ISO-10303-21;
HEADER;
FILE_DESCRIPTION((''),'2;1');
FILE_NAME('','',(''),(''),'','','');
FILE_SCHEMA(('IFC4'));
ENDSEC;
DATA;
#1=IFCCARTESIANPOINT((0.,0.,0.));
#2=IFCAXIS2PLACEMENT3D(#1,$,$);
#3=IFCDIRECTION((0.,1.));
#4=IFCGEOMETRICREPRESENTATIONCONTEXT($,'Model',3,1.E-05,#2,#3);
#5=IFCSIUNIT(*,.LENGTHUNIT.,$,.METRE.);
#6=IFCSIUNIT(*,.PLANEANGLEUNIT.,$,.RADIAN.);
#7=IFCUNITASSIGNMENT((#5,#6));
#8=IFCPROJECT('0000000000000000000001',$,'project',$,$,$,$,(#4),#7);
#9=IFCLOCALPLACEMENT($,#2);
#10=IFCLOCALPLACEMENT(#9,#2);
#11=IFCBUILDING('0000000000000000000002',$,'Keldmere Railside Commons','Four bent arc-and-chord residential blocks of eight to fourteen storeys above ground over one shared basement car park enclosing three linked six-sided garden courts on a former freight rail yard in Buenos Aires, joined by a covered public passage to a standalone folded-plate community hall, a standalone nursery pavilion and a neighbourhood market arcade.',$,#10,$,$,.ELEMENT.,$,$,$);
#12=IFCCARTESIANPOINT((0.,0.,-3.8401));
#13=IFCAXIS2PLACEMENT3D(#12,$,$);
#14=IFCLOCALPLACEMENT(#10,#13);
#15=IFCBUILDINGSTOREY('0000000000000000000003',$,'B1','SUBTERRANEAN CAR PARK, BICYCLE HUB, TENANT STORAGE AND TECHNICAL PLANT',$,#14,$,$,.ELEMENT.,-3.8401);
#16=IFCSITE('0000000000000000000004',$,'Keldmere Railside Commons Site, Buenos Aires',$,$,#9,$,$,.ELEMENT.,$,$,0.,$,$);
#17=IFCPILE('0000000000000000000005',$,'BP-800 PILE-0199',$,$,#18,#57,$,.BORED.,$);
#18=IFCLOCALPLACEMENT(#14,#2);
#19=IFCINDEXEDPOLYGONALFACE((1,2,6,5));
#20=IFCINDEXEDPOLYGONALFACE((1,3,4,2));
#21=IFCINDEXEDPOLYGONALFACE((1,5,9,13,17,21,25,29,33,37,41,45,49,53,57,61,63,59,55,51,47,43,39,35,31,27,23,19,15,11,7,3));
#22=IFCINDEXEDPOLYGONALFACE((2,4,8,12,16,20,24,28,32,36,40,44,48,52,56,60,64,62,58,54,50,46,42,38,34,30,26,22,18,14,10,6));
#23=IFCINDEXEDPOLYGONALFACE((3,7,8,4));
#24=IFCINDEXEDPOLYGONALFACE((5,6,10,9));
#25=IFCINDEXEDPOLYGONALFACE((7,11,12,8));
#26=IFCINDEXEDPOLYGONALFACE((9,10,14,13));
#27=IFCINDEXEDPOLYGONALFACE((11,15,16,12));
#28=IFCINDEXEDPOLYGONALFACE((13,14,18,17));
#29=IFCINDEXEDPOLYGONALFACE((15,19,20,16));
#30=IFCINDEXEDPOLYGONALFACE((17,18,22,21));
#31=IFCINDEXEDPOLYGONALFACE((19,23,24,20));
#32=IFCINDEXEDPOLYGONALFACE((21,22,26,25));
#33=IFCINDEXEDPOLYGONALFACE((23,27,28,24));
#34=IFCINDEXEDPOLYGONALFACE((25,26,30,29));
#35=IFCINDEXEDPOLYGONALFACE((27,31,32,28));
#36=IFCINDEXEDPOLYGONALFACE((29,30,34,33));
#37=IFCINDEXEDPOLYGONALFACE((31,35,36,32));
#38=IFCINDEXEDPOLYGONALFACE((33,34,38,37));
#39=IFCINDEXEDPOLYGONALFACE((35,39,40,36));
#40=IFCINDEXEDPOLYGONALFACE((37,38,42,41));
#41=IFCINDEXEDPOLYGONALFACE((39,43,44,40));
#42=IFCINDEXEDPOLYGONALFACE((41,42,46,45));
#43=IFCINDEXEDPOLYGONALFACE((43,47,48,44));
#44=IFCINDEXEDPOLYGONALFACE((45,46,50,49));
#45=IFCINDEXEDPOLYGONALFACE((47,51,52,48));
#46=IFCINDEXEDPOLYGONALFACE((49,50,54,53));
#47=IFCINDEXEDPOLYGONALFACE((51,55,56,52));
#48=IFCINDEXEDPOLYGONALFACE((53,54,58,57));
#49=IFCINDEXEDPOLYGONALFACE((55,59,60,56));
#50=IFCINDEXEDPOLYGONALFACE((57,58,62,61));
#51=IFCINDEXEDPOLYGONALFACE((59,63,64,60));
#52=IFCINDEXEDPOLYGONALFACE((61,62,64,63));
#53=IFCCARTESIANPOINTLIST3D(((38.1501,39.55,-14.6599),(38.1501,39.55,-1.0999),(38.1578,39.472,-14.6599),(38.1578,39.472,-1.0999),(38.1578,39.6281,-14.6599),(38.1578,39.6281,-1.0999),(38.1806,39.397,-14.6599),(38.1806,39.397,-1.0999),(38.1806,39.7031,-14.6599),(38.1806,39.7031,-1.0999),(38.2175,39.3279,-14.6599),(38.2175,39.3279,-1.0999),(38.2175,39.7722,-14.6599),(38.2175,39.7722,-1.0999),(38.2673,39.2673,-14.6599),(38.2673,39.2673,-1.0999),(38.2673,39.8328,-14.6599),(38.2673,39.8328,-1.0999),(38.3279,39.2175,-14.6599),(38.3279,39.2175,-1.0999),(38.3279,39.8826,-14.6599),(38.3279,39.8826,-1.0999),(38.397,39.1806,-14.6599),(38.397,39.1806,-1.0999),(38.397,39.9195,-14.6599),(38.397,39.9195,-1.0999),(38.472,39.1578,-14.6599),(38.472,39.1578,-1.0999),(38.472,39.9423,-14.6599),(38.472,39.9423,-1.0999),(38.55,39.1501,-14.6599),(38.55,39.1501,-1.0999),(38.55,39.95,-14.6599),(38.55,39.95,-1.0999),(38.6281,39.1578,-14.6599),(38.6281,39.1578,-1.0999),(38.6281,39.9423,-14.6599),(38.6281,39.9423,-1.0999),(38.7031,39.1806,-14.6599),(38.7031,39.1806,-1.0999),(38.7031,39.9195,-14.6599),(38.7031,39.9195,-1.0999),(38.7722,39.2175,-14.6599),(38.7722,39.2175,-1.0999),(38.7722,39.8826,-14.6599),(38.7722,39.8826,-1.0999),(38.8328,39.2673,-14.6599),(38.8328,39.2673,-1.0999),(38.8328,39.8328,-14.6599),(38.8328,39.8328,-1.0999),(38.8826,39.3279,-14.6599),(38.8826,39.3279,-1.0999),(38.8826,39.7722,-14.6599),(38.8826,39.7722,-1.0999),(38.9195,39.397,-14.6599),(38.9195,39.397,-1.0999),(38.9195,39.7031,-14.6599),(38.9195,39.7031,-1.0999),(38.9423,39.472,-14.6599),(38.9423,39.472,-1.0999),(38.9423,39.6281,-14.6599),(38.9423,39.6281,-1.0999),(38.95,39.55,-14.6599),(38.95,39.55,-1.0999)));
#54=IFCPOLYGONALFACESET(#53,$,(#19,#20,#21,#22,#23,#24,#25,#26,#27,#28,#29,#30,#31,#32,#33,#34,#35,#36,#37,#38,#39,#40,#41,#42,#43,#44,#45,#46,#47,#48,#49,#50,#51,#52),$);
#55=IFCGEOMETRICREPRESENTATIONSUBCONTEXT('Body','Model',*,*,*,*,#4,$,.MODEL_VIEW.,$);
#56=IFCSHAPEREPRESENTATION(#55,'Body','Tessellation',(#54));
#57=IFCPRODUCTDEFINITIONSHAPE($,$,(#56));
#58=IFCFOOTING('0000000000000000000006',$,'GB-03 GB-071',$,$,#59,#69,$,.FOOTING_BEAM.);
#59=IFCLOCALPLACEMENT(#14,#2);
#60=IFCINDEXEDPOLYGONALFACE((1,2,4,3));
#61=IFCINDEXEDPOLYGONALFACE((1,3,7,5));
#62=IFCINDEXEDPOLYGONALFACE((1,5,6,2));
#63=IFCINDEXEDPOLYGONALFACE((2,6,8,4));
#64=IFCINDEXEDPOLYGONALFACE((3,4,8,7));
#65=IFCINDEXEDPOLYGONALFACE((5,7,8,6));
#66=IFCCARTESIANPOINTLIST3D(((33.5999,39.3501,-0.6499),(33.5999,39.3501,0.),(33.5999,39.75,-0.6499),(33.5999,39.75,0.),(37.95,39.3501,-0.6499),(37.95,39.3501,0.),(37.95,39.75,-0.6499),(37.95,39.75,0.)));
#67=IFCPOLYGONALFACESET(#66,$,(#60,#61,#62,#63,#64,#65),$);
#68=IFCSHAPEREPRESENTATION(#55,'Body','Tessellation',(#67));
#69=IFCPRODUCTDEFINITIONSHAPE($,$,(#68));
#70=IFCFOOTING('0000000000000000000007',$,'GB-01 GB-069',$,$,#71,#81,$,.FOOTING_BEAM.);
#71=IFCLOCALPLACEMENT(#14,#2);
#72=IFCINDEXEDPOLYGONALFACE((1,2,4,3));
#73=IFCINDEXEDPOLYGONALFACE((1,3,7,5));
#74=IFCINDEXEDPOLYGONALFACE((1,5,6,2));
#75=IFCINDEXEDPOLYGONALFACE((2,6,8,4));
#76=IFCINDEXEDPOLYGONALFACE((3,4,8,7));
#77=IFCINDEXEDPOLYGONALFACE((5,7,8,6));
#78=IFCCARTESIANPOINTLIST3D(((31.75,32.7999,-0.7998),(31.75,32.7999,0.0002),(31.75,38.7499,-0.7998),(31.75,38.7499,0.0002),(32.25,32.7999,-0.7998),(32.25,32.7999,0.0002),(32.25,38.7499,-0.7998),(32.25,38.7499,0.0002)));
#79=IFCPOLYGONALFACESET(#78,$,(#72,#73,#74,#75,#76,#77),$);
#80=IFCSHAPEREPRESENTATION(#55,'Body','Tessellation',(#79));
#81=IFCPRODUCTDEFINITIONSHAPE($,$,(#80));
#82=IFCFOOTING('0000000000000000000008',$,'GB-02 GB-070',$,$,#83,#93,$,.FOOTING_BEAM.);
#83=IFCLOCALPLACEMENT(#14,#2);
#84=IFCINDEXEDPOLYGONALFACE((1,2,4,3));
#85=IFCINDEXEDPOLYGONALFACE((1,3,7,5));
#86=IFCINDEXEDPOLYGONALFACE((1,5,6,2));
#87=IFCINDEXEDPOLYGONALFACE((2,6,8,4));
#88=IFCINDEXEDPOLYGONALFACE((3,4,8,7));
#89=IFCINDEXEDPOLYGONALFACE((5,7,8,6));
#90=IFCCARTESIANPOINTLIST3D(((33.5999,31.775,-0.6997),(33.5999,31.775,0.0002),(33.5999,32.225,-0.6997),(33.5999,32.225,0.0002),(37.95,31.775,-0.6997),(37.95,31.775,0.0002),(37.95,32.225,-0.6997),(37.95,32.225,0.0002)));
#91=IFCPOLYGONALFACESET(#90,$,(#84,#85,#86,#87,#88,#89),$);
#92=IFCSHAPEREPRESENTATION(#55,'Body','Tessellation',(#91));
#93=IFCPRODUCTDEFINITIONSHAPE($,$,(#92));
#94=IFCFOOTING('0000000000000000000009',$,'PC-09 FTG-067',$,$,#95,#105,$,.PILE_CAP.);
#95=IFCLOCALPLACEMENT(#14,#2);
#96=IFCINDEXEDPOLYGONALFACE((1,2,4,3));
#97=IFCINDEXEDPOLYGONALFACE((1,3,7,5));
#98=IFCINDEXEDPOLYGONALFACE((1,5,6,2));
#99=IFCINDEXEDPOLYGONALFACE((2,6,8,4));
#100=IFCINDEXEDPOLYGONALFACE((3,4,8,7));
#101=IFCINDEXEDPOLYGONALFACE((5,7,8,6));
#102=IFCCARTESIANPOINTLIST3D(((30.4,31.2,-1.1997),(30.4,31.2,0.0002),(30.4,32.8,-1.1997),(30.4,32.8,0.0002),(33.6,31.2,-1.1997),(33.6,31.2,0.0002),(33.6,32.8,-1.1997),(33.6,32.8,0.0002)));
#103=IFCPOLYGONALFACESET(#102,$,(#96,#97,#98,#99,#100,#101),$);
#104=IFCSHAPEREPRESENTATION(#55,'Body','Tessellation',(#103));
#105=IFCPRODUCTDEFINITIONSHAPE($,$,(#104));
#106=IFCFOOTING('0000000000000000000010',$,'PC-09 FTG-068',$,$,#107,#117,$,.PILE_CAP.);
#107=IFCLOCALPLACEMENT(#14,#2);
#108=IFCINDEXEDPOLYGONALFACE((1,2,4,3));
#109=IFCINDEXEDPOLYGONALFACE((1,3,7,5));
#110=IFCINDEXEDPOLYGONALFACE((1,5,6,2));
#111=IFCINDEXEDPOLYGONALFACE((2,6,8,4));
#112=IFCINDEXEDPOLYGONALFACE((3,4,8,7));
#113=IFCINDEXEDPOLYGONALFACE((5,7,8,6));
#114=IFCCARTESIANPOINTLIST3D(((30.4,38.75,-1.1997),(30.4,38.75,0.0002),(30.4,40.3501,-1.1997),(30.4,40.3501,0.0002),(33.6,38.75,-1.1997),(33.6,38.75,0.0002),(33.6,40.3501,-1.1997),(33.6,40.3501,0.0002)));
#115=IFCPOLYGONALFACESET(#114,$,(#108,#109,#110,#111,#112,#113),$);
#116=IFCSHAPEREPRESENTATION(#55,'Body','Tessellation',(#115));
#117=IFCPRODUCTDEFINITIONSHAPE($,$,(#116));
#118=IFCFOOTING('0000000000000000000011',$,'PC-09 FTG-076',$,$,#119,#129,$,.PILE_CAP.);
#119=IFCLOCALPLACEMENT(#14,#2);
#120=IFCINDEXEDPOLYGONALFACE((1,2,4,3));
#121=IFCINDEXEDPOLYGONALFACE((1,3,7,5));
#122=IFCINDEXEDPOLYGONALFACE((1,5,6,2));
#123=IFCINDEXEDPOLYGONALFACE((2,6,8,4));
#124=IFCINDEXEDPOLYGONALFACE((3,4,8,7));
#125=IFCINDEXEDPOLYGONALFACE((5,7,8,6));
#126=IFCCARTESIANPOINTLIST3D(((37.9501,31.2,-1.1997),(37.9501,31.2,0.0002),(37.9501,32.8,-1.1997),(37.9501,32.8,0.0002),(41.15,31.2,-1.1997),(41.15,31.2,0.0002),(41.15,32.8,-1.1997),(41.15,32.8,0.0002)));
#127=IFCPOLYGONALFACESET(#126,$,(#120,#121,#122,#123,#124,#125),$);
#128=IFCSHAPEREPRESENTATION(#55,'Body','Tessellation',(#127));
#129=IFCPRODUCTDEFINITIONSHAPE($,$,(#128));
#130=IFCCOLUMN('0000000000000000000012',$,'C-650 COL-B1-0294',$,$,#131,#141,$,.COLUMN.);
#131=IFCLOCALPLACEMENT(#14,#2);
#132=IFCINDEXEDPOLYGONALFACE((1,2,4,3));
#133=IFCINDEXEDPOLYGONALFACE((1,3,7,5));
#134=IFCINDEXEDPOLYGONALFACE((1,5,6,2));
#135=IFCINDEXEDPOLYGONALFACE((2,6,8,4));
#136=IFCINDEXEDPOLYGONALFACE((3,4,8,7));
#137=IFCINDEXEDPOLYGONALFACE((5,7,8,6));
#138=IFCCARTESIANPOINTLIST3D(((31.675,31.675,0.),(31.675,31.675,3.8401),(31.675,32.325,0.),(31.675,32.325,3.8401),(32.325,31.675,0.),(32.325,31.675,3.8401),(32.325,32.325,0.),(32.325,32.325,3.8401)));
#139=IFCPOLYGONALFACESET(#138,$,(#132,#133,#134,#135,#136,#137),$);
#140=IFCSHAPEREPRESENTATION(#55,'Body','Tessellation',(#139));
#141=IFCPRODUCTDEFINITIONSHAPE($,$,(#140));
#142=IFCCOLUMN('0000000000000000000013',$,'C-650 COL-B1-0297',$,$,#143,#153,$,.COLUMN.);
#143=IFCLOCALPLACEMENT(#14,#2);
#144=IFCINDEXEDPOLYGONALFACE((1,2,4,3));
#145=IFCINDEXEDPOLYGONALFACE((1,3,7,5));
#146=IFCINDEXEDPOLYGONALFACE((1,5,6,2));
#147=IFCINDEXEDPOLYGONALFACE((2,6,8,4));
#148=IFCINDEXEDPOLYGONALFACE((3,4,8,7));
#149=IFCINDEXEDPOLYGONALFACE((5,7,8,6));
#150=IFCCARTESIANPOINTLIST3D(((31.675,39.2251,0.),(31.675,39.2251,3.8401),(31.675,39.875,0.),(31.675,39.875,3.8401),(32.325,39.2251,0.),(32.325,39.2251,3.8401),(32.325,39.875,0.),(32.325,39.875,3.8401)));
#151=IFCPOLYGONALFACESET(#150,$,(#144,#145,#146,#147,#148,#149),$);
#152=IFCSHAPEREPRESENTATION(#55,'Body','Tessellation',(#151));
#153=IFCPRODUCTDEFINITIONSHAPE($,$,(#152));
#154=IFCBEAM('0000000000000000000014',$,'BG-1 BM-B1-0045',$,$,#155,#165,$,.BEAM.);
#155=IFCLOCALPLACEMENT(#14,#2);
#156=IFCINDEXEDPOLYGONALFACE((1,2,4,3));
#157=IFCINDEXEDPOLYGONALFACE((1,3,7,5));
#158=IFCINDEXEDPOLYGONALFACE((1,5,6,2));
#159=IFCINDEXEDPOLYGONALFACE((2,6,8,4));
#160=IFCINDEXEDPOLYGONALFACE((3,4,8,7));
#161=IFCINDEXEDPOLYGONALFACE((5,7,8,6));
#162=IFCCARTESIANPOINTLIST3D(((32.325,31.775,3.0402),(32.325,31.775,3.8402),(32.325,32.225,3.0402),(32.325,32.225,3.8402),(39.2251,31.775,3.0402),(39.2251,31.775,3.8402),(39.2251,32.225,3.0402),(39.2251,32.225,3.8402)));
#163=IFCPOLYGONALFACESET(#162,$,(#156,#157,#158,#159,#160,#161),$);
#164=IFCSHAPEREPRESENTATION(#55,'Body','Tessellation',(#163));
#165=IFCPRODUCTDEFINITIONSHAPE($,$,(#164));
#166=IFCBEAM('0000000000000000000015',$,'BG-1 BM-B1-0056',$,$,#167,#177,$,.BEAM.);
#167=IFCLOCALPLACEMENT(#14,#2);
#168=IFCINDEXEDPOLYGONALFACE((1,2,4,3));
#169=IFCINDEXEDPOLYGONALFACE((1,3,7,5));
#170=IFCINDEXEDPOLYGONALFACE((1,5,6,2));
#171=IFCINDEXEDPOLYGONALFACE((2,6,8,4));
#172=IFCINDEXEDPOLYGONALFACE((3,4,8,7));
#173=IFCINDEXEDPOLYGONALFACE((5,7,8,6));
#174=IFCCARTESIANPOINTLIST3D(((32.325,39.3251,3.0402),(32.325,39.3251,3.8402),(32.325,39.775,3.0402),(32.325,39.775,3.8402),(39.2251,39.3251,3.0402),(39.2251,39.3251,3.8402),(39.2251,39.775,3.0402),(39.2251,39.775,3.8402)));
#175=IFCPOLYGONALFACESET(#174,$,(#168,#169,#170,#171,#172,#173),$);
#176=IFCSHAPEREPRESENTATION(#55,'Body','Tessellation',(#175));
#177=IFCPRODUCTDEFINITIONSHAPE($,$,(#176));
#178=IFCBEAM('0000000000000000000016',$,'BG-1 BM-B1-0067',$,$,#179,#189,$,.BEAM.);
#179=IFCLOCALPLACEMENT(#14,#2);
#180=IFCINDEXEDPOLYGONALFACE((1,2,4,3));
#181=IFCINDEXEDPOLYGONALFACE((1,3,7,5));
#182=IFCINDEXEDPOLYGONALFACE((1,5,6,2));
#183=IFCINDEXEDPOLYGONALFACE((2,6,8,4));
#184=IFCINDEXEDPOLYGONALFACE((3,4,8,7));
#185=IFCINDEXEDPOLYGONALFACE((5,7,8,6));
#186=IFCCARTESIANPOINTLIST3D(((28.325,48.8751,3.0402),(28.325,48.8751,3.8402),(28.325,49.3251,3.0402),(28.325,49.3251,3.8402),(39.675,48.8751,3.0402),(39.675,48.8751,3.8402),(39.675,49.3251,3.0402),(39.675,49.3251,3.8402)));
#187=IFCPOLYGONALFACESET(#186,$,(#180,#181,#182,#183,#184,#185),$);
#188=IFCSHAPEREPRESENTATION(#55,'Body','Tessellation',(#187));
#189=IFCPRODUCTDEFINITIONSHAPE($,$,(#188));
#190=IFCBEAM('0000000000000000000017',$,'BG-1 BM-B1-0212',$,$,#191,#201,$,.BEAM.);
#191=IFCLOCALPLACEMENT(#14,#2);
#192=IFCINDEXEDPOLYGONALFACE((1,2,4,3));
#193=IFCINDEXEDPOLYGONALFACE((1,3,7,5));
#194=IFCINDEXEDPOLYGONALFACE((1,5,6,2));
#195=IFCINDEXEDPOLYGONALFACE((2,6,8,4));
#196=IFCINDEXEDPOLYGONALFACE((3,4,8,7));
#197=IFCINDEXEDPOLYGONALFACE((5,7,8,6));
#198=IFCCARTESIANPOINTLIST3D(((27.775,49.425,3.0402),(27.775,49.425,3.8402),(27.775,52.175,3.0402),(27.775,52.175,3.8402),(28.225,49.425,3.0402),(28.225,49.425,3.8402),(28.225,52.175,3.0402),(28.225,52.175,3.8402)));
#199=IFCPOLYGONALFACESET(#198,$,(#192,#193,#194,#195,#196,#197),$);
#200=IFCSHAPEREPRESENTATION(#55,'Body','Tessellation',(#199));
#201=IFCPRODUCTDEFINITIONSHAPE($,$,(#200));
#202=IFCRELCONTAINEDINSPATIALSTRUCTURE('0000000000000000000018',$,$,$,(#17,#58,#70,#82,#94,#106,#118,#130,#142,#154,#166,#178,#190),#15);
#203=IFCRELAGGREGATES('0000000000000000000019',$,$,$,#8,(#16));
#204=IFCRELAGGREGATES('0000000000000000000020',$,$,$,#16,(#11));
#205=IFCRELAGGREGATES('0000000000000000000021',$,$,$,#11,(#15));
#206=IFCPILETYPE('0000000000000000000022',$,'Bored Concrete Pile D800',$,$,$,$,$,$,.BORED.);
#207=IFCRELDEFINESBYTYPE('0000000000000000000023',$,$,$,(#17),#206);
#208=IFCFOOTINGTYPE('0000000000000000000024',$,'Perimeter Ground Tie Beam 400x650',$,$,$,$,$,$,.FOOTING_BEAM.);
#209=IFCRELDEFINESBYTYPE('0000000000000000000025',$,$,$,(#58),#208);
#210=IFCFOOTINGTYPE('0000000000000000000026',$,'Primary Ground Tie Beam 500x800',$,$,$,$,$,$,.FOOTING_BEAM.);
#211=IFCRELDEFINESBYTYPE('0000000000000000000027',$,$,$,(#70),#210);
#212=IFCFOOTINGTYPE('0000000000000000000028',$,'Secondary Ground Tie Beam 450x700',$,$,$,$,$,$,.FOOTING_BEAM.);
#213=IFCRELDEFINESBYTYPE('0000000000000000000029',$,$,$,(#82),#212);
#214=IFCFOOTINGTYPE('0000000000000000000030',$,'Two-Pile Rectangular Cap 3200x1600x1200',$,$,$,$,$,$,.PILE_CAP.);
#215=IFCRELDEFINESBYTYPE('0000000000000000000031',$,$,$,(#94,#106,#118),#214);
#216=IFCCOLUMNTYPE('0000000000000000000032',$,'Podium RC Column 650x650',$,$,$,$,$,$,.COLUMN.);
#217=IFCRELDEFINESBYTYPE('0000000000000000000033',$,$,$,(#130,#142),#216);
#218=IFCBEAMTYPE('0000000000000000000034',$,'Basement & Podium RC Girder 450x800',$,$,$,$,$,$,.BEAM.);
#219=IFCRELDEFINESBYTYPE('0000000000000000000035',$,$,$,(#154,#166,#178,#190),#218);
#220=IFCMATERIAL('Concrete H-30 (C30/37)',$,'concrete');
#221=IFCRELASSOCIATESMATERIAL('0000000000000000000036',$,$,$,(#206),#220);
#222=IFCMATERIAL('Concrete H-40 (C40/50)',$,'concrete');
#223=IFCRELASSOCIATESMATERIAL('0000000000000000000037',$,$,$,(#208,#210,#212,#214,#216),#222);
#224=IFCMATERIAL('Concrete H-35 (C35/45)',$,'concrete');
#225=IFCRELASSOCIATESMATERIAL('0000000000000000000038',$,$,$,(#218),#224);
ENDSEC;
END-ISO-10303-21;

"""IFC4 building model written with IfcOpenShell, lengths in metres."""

from ifc_helpers import new_model, si_unit, direction, frame, origin, origin_2d, place, context, subcontext, project, spatial, rectangle, circle, extrude, material, material_profile, profile_set, type_object, element, save


model = new_model("IFC4")

# Units and contexts
model_context = context("Model", 3, precision=1e-05, world=origin(), true_north=direction((0.0, 1.0)))
body_context = subcontext(model_context, "Body", "Model", "MODEL_VIEW")
ifc_project = project(units=[si_unit("LENGTHUNIT", "METRE"), si_unit("PLANEANGLEUNIT", "RADIAN")], contexts=[model_context])

# Site, building, storey
site_placement = place(None, origin())
site = spatial("IfcSite", under=ifc_project, at=site_placement, Name="Keldmere Railside Commons Site, Buenos Aires", CompositionType="ELEMENT", RefElevation=0.0)
building_placement = place(site_placement, origin())
building = spatial("IfcBuilding", under=site, at=building_placement, Name="Keldmere Railside Commons", Description="Four bent arc-and-chord residential blocks of eight to fourteen storeys above ground over one shared basement car park enclosing three linked six-sided garden courts on a former freight rail yard in Buenos Aires, joined by a covered public passage to a standalone folded-plate community hall, a standalone nursery pavilion and a neighbourhood market arcade.", CompositionType="ELEMENT")
storey_placement = place(building_placement, frame((0.0, 0.0, -3.8401)))
storey = spatial("IfcBuildingStorey", under=building, at=storey_placement, Name="B1", Description="SUBTERRANEAN CAR PARK, BICYCLE HUB, TENANT STORAGE AND TECHNICAL PLANT", CompositionType="ELEMENT", Elevation=-3.8401)

# Pile
ifc_material_1 = material(Name="Concrete H-30 (C30/37)", Category="concrete")
ifc_material_profile_1 = material_profile(ifc_material_1, circle(Radius=0.3999, at=origin_2d()), Name="PILE-D800")
ifc_profile_set_1 = profile_set([ifc_material_profile_1], Name="Concrete H-30 (C30/37)")
pile_type = type_object("IfcPileType", Name="Bored Concrete Pile D800", PredefinedType="BORED", material=ifc_profile_set_1)
for number, where, z_axis, x_axis, name in (
    (1, (38.55, 39.55, -1.0999), (0.0, 0.0, -1.0), (1.0, 0.0, 0.0), "BP-800 PILE-0199"),
):
    element("IfcPile", number, at=place(storey_placement, frame(where, z_axis=z_axis, x_axis=x_axis)), inside=storey, type_object=pile_type, Name=name, PredefinedType="BORED", context=body_context, shape_type="SweptSolid", body=[
        extrude(circle(Radius=0.3999, at=origin_2d()), origin(), (0.0, 0.0, 1.0), 13.5601),
    ])

# Footings
ifc_material_2 = material(Name="Concrete H-40 (C40/50)", Category="concrete")
footing_type_1 = type_object("IfcFootingType", Name="Perimeter Ground Tie Beam 400x650", PredefinedType="FOOTING_BEAM", material=ifc_material_2)
footing_1_placement = place(storey_placement, frame((35.7749, 39.55, -0.6499), z_axis=(0.0, 0.0, 1.0), x_axis=(1.0, 0.0, 0.0)))
element("IfcFooting", 2, at=footing_1_placement, inside=storey, type_object=footing_type_1, Name="GB-03 GB-071", PredefinedType="FOOTING_BEAM", context=body_context, shape_type="SweptSolid", body=[
    extrude(rectangle(XDim=4.3501, YDim=0.3999, at=origin_2d()), origin(), (0.0, 0.0, 1.0), 0.6499),
])
footing_type_2 = type_object("IfcFootingType", Name="Primary Ground Tie Beam 500x800", PredefinedType="FOOTING_BEAM", material=ifc_material_2)
footing_2_placement = place(storey_placement, frame((32.0, 35.7749, -0.7998), z_axis=(0.0, 0.0, 1.0), x_axis=(0.0, 1.0, 0.0)))
element("IfcFooting", 3, at=footing_2_placement, inside=storey, type_object=footing_type_2, Name="GB-01 GB-069", PredefinedType="FOOTING_BEAM", context=body_context, shape_type="SweptSolid", body=[
    extrude(rectangle(XDim=5.95, YDim=0.5, at=origin_2d()), origin(), (0.0, 0.0, 1.0), 0.8),
])
footing_type_3 = type_object("IfcFootingType", Name="Secondary Ground Tie Beam 450x700", PredefinedType="FOOTING_BEAM", material=ifc_material_2)
footing_3_placement = place(storey_placement, frame((35.7749, 32.0, -0.6997), z_axis=(0.0, 0.0, 1.0), x_axis=(1.0, 0.0, 0.0)))
element("IfcFooting", 4, at=footing_3_placement, inside=storey, type_object=footing_type_3, Name="GB-02 GB-070", PredefinedType="FOOTING_BEAM", context=body_context, shape_type="SweptSolid", body=[
    extrude(rectangle(XDim=4.3501, YDim=0.45, at=origin_2d()), origin(), (0.0, 0.0, 1.0), 0.7),
])
footing_type_4 = type_object("IfcFootingType", Name="Two-Pile Rectangular Cap 3200x1600x1200", PredefinedType="PILE_CAP", material=ifc_material_2)
for number, where, z_axis, x_axis, name in (
    (5, (32.0, 32.0, -1.1997), (0.0, 0.0, 1.0), (1.0, 0.0, 0.0), "PC-09 FTG-067"),
    (6, (32.0, 39.55, -1.1997), (0.0, 0.0, 1.0), (1.0, 0.0, 0.0), "PC-09 FTG-068"),
    (7, (39.55, 32.0, -1.1997), (0.0, 0.0, 1.0), (1.0, 0.0, 0.0), "PC-09 FTG-076"),
):
    element("IfcFooting", number, at=place(storey_placement, frame(where, z_axis=z_axis, x_axis=x_axis)), inside=storey, type_object=footing_type_4, Name=name, PredefinedType="PILE_CAP", context=body_context, shape_type="SweptSolid", body=[
        extrude(rectangle(XDim=3.2, YDim=1.6001, at=origin_2d()), origin(), (0.0, 0.0, 1.0), 1.2),
    ])

# Columns
ifc_material_profile_2 = material_profile(ifc_material_2, rectangle(XDim=0.6499, YDim=0.6499, at=origin_2d()), Name="RC-650x650")
ifc_profile_set_2 = profile_set([ifc_material_profile_2], Name="Concrete H-40 (C40/50)")
column_type = type_object("IfcColumnType", Name="Podium RC Column 650x650", PredefinedType="COLUMN", material=ifc_profile_set_2)
for number, where, z_axis, x_axis, name in (
    (8, (32.0, 32.0, 0.0), (0.0, 0.0, 1.0), (1.0, 0.0, 0.0), "C-650 COL-B1-0294"),
    (9, (32.0, 39.55, 0.0), (0.0, 0.0, 1.0), (1.0, 0.0, 0.0), "C-650 COL-B1-0297"),
):
    element("IfcColumn", number, at=place(storey_placement, frame(where, z_axis=z_axis, x_axis=x_axis)), inside=storey, type_object=column_type, Name=name, PredefinedType="COLUMN", context=body_context, shape_type="SweptSolid", body=[
        extrude(rectangle(XDim=0.6499, YDim=0.6499, at=origin_2d()), origin(), (0.0, 0.0, 1.0), 3.8401),
    ])

# Beams
ifc_material_3 = material(Name="Concrete H-35 (C35/45)", Category="concrete")
ifc_material_profile_3 = material_profile(ifc_material_3, rectangle(XDim=0.45, YDim=0.8, at=origin_2d()), Name="RC-450x800")
ifc_profile_set_3 = profile_set([ifc_material_profile_3], Name="Concrete H-35 (C35/45)")
beam_type_1 = type_object("IfcBeamType", Name="Basement & Podium RC Girder 450x800", PredefinedType="BEAM", material=ifc_profile_set_3)
for number, where, z_axis, x_axis, name in (
    (10, (32.325, 32.0, 3.4402), (1.0, 0.0, 0.0), (0.0, 1.0, 0.0), "BG-1 BM-B1-0045"),
    (11, (32.325, 39.55, 3.4402), (1.0, 0.0, 0.0), (0.0, 1.0, 0.0), "BG-1 BM-B1-0056"),
):
    element("IfcBeam", number, at=place(storey_placement, frame(where, z_axis=z_axis, x_axis=x_axis)), inside=storey, type_object=beam_type_1, Name=name, PredefinedType="BEAM", context=body_context, shape_type="SweptSolid", body=[
        extrude(rectangle(XDim=0.45, YDim=0.8, at=origin_2d()), origin(), (0.0, 0.0, 1.0), 6.9001),
    ])
beam_1_placement = place(storey_placement, frame((28.325, 49.1001, 3.4402), z_axis=(1.0, 0.0, 0.0), x_axis=(0.0, 1.0, 0.0)))
element("IfcBeam", 12, at=beam_1_placement, inside=storey, type_object=beam_type_1, Name="BG-1 BM-B1-0067", PredefinedType="BEAM", context=body_context, shape_type="SweptSolid", body=[
    extrude(rectangle(XDim=0.45, YDim=0.8, at=origin_2d()), origin(), (0.0, 0.0, 1.0), 11.3501),
])
beam_2_placement = place(storey_placement, frame((28.0, 49.425, 3.4402), z_axis=(0.0, 1.0, 0.0), x_axis=(-1.0, 0.0, 0.0)))
element("IfcBeam", 13, at=beam_2_placement, inside=storey, type_object=beam_type_1, Name="BG-1 BM-B1-0212", PredefinedType="BEAM", context=body_context, shape_type="SweptSolid", body=[
    extrude(rectangle(XDim=0.45, YDim=0.8, at=origin_2d()), origin(), (0.0, 0.0, 1.0), 2.75),
])

save(model, "model.ifc")
